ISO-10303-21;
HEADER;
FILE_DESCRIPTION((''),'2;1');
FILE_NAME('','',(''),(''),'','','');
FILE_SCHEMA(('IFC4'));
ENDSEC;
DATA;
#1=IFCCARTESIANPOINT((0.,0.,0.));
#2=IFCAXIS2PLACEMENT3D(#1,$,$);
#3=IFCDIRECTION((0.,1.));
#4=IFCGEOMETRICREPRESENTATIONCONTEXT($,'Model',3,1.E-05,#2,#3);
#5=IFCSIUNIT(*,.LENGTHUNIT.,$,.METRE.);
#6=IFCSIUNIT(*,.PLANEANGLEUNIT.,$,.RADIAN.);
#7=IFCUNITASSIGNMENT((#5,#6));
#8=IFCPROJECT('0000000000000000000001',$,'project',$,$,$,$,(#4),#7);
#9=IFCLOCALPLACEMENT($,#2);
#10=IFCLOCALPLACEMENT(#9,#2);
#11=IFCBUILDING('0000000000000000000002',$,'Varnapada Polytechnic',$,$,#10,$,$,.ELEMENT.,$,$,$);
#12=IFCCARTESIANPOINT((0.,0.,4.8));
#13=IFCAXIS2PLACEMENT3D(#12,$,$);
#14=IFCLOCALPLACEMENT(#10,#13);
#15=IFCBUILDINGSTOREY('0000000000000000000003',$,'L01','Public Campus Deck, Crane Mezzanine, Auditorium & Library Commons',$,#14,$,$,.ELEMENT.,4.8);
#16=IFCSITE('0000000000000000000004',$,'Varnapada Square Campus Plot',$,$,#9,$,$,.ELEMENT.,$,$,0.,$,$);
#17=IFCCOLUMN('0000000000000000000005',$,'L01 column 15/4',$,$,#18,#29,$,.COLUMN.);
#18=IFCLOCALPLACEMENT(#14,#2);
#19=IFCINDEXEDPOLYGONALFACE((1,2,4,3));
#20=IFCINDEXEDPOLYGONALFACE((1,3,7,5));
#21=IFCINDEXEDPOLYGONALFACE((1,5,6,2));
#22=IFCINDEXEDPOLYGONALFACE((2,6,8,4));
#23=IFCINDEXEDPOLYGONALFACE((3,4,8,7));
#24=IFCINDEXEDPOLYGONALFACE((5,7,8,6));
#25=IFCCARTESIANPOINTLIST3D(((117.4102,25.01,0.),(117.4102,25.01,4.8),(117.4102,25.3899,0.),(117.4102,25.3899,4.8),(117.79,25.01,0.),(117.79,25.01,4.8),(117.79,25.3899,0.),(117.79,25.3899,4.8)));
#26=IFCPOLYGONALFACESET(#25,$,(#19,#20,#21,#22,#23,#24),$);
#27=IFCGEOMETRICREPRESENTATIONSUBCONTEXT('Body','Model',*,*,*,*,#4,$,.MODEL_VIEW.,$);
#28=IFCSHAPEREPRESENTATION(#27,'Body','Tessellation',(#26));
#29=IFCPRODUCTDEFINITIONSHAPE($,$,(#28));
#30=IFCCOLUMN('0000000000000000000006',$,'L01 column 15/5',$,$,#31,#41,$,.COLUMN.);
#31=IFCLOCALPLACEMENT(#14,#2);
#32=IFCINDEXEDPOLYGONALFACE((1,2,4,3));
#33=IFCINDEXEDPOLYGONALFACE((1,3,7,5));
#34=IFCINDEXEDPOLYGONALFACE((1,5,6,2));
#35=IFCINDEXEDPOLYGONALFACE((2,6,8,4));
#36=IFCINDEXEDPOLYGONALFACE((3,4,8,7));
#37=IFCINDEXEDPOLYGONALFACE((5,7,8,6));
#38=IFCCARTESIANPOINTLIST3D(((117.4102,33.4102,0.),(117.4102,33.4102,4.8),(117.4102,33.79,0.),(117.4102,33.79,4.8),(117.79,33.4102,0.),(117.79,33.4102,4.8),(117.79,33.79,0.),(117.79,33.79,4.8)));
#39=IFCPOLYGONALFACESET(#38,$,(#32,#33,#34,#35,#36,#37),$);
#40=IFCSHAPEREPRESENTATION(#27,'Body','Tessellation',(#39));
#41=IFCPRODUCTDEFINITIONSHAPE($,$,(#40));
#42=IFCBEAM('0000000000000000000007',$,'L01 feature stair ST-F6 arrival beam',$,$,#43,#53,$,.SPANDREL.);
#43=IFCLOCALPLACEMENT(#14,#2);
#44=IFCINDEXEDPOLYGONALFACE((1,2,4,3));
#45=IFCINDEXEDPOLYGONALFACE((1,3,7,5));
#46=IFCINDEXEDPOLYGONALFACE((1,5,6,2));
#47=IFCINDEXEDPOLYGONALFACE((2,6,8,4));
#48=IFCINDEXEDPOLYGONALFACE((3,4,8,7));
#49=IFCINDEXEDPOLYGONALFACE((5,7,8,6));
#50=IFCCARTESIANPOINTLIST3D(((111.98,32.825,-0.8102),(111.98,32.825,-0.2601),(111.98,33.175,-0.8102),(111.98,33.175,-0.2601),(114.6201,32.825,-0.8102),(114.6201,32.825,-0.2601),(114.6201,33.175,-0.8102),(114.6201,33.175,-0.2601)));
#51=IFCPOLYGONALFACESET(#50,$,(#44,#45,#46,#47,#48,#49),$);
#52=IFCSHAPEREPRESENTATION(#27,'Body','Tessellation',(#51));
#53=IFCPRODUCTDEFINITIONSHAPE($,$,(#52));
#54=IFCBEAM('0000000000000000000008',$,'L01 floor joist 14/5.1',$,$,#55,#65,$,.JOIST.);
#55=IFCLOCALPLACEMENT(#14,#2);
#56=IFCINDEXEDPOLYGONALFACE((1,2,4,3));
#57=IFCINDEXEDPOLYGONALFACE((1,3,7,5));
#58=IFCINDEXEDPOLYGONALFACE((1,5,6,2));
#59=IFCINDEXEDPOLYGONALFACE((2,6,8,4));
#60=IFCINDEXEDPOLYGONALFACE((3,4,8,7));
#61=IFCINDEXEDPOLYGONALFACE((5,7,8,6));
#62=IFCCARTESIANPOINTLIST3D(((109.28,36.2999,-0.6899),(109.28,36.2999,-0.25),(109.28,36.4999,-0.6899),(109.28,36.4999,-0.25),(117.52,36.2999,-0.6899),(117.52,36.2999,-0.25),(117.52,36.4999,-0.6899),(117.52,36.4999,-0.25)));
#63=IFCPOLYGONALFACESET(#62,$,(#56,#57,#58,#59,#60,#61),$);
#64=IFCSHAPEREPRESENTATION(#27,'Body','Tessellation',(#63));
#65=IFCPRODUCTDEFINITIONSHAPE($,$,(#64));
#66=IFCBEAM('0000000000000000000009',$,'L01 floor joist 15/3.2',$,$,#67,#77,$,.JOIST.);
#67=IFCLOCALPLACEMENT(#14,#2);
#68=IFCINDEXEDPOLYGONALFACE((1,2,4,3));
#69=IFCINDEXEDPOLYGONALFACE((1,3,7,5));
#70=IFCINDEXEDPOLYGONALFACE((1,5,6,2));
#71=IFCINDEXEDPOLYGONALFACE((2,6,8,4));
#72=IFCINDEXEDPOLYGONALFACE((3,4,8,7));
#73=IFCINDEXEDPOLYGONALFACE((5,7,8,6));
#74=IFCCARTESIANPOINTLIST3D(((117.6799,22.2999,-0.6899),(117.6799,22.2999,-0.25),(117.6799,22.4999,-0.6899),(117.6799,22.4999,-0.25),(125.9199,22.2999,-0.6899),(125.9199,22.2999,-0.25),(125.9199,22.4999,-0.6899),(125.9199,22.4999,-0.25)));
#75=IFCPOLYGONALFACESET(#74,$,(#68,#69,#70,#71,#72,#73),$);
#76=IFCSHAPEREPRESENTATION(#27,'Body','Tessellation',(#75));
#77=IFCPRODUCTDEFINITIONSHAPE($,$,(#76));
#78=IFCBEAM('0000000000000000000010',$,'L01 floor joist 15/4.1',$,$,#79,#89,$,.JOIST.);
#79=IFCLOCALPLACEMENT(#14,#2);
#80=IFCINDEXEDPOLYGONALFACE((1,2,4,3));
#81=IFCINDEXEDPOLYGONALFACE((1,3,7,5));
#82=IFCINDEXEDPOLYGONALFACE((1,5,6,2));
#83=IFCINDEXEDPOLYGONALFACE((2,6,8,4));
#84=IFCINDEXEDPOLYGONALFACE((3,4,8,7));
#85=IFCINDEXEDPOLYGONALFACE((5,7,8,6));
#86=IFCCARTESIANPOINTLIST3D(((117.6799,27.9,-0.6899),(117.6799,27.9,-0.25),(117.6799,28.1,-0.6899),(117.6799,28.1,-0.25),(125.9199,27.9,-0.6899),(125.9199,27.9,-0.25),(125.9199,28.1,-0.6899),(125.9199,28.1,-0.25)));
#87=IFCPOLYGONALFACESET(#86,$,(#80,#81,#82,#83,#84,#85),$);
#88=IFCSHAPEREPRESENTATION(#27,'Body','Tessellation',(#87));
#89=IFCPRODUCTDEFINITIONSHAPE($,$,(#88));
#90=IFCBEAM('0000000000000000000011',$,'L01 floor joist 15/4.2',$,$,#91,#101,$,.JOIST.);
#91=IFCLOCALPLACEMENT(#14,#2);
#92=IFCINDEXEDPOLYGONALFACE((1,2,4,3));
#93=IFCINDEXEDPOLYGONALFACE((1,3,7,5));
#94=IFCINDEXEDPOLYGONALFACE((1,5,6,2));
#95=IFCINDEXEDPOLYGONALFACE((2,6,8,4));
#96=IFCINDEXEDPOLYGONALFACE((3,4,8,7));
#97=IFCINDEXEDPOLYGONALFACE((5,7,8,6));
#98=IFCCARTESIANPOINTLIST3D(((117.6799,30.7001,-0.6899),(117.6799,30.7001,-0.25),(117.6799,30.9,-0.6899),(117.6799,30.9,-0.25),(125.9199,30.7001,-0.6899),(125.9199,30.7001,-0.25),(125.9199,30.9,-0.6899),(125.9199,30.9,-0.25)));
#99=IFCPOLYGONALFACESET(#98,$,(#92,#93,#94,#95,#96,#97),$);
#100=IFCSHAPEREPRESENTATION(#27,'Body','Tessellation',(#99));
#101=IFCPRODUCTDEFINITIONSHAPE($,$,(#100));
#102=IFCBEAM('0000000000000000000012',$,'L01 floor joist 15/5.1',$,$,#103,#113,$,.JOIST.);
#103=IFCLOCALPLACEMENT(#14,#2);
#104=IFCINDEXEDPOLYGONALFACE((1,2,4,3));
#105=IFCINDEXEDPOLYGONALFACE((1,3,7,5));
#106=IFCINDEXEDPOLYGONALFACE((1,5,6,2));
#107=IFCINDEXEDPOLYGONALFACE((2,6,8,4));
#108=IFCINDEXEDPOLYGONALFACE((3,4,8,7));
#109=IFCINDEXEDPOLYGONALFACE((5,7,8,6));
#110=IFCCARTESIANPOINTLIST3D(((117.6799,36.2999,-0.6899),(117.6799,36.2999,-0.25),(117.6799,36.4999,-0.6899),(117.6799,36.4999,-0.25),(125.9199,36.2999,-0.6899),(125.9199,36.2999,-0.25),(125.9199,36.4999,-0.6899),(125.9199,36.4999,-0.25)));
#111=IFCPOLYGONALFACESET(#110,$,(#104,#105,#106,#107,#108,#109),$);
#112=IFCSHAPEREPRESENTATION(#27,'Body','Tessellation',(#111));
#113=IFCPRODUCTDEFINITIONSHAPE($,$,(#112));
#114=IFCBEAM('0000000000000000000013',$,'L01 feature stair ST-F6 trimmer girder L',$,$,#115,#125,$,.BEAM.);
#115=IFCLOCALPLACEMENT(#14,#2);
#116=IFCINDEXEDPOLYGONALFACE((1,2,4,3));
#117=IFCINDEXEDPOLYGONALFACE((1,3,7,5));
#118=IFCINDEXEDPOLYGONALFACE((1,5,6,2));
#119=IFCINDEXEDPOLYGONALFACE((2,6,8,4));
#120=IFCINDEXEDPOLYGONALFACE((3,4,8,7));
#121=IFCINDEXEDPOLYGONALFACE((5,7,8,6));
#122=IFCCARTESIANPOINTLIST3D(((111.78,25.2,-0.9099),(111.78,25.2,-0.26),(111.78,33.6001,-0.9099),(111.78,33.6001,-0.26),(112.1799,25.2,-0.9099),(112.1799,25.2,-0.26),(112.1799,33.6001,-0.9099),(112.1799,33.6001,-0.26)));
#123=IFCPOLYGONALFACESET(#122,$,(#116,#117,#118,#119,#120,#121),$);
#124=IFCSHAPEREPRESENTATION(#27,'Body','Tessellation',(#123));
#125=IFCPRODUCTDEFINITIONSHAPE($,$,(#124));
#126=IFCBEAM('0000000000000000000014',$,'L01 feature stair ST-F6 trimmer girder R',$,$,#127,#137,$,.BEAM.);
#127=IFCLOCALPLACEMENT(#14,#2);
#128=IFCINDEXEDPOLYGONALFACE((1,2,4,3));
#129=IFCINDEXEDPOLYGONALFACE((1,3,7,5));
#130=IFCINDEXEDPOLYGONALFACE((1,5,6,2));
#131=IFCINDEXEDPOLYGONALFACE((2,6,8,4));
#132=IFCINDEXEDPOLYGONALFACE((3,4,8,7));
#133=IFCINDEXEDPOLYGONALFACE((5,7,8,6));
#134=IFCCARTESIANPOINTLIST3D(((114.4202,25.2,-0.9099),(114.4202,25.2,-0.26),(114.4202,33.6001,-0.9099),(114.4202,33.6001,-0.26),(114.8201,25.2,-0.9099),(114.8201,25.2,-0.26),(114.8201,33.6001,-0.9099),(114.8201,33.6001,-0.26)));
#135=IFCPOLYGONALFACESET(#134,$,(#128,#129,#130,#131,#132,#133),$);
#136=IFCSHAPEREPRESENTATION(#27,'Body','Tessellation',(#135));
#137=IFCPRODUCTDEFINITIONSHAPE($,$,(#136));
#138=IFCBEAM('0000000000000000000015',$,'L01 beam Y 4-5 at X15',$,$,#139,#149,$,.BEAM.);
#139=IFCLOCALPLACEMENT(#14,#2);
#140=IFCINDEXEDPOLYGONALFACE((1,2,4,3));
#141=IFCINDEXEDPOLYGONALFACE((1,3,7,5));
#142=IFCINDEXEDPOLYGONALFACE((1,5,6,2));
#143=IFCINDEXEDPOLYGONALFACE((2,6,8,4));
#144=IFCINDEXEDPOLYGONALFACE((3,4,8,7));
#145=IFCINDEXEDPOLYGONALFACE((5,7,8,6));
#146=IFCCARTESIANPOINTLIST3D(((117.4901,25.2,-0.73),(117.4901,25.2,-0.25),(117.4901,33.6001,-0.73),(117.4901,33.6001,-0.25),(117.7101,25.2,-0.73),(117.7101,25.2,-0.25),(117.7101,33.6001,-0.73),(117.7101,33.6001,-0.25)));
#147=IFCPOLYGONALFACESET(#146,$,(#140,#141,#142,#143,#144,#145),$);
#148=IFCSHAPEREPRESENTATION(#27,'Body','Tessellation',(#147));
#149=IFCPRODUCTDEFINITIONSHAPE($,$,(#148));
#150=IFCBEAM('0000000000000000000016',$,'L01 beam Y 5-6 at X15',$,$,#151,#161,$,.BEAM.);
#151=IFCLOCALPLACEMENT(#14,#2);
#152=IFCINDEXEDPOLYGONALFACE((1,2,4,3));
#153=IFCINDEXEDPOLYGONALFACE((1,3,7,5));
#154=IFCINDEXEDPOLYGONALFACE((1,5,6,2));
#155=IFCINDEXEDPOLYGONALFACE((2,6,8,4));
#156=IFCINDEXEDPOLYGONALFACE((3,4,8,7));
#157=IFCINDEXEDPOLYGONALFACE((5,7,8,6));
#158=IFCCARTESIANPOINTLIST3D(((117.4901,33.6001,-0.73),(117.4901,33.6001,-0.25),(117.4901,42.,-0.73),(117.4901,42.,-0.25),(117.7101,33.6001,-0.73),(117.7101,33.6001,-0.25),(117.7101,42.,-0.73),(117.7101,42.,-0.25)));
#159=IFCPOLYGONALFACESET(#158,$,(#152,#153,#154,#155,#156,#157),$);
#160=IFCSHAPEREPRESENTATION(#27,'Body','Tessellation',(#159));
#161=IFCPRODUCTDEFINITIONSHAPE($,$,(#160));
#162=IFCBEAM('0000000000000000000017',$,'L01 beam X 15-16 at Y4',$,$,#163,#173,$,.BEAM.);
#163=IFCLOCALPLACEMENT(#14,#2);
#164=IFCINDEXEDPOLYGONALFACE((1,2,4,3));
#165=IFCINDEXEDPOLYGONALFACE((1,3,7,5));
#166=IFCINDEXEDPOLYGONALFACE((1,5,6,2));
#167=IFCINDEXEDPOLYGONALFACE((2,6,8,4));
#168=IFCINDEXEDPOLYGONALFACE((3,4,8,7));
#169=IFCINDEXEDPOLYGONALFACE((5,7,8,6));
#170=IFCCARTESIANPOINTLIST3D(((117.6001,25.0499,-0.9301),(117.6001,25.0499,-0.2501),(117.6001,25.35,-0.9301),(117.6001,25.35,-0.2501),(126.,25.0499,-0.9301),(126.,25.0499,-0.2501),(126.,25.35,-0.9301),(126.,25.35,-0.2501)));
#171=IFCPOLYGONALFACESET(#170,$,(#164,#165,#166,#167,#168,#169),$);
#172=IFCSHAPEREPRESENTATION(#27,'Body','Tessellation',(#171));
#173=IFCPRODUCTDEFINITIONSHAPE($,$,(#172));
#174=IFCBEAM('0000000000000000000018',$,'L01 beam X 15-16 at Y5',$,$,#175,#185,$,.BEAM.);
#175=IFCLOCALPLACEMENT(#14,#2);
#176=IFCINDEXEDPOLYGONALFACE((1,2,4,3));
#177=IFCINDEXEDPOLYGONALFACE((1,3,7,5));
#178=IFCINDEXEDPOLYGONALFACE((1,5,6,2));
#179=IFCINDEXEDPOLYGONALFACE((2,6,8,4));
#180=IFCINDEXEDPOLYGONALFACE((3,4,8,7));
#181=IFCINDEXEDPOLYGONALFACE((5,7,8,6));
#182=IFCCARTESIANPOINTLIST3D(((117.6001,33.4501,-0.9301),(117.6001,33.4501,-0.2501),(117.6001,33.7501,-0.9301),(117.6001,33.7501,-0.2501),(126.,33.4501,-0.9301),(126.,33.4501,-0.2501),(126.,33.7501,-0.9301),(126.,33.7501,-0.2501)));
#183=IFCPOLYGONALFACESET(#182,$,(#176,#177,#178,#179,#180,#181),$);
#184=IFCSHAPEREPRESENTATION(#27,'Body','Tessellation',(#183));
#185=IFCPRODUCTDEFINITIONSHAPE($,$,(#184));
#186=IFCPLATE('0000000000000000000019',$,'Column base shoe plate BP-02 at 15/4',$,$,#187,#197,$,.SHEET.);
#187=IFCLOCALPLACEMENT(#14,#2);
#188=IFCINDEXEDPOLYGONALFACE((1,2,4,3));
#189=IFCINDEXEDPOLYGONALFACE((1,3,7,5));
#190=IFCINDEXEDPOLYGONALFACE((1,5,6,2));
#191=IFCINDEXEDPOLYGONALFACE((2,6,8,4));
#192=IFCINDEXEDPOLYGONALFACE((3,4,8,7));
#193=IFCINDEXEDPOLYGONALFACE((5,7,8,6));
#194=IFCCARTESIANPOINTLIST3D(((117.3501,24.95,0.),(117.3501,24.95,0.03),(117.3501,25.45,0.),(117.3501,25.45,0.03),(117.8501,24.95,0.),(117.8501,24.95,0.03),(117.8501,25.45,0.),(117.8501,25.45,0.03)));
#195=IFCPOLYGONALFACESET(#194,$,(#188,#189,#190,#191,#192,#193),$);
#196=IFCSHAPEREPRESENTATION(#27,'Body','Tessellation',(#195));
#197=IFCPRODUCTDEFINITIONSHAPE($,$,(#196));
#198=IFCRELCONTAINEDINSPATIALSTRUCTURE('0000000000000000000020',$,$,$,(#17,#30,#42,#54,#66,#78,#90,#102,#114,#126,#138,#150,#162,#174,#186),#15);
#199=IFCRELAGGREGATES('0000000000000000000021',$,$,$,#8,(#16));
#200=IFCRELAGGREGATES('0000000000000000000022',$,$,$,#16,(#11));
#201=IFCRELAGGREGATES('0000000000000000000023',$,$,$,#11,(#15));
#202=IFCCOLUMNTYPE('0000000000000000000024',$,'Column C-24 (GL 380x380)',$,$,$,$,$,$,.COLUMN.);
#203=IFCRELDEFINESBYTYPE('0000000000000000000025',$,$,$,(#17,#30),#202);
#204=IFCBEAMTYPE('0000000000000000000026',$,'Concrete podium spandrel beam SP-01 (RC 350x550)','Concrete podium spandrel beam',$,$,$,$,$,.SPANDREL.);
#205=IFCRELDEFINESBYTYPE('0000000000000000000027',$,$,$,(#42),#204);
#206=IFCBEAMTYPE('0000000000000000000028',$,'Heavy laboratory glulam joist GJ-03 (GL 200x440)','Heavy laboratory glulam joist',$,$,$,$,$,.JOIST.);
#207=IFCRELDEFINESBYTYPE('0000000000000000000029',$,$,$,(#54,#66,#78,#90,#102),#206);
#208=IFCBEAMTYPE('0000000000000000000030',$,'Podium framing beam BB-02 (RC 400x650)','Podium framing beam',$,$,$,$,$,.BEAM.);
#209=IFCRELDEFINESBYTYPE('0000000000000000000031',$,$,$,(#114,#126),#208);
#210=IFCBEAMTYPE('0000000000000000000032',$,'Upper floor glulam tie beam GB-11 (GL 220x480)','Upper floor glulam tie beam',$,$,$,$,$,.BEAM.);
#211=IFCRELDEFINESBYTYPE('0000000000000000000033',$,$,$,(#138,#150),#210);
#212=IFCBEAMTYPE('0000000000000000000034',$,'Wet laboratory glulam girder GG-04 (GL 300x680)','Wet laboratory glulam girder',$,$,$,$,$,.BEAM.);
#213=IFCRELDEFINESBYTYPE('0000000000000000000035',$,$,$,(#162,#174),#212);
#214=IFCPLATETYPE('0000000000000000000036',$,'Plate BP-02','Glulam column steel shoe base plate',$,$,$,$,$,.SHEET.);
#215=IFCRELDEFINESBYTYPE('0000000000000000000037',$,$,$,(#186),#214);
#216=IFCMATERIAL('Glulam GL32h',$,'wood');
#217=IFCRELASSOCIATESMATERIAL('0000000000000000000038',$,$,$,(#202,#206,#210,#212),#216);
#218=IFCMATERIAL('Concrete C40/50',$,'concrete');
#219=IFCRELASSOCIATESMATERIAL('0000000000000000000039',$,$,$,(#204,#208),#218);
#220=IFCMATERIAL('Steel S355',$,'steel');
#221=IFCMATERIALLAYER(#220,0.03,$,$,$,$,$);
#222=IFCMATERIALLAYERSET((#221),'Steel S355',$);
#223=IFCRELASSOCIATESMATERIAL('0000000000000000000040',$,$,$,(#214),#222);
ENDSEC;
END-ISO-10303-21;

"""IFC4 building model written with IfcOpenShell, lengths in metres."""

from ifc_helpers import new_model, si_unit, direction, frame, origin, origin_2d, place, context, subcontext, project, spatial, rectangle, extrude, material, layer, layer_set, material_profile, profile_set, type_object, element, save


model = new_model("IFC4")

# Units and contexts
model_context = context("Model", 3, precision=1e-05, world=origin(), true_north=direction((0.0, 1.0)))
body_context = subcontext(model_context, "Body", "Model", "MODEL_VIEW")
ifc_project = project(units=[si_unit("LENGTHUNIT", "METRE"), si_unit("PLANEANGLEUNIT", "RADIAN")], contexts=[model_context])

# Site, building, storey
site_placement = place(None, origin())
site = spatial("IfcSite", under=ifc_project, at=site_placement, Name="Varnapada Square Campus Plot", CompositionType="ELEMENT", RefElevation=0.0)
building_placement = place(site_placement, origin())
building = spatial("IfcBuilding", under=site, at=building_placement, Name="Varnapada Polytechnic", CompositionType="ELEMENT")
storey_placement = place(building_placement, frame((0.0, 0.0, 4.8)))
storey = spatial("IfcBuildingStorey", under=building, at=storey_placement, Name="L01", Description="Public Campus Deck, Crane Mezzanine, Auditorium & Library Commons", CompositionType="ELEMENT", Elevation=4.8)

# Columns
ifc_material_1 = material(Name="Glulam GL32h", Category="wood")
ifc_material_profile_1 = material_profile(ifc_material_1, rectangle(XDim=0.3799, YDim=0.3799, at=origin_2d()), Name="GL 380x380")
ifc_profile_set_1 = profile_set([ifc_material_profile_1], Name="Glulam GL32h")
column_type = type_object("IfcColumnType", Name="Column C-24 (GL 380x380)", PredefinedType="COLUMN", material=ifc_profile_set_1)
for number, where, z_axis, x_axis, name in (
    (1, (117.6001, 25.2, 0.0), (0.0, 0.0, 1.0), (1.0, 0.0, 0.0), "L01 column 15/4"),
    (2, (117.6001, 33.6001, 0.0), (0.0, 0.0, 1.0), (1.0, 0.0, 0.0), "L01 column 15/5"),
):
    element("IfcColumn", number, at=place(storey_placement, frame(where, z_axis=z_axis, x_axis=x_axis)), inside=storey, type_object=column_type, Name=name, PredefinedType="COLUMN", context=body_context, shape_type="SweptSolid", body=[
        extrude(rectangle(XDim=0.3799, YDim=0.3799, at=origin_2d()), origin(), (0.0, 0.0, 1.0), 4.8),
    ])

# Beams
ifc_material_2 = material(Name="Concrete C40/50", Category="concrete")
ifc_material_profile_2 = material_profile(ifc_material_2, rectangle(XDim=0.3501, YDim=0.55, at=origin_2d()), Name="RC 350x550")
ifc_profile_set_2 = profile_set([ifc_material_profile_2], Name="Concrete C40/50")
beam_type_1 = type_object("IfcBeamType", Name="Concrete podium spandrel beam SP-01 (RC 350x550)", Description="Concrete podium spandrel beam", PredefinedType="SPANDREL", material=ifc_profile_set_2)
beam_1_placement = place(storey_placement, frame((111.98, 33.0, -0.5352), z_axis=(1.0, 0.0, 0.0), x_axis=(0.0, 1.0, 0.0)))
element("IfcBeam", 3, at=beam_1_placement, inside=storey, type_object=beam_type_1, Name="L01 feature stair ST-F6 arrival beam", PredefinedType="SPANDREL", context=body_context, shape_type="SweptSolid", body=[
    extrude(rectangle(XDim=0.3501, YDim=0.55, at=origin_2d()), origin(), (0.0, 0.0, 1.0), 2.6401),
])
ifc_material_profile_3 = material_profile(ifc_material_1, rectangle(XDim=0.2, YDim=0.4399, at=origin_2d()), Name="GL 200x440")
ifc_profile_set_3 = profile_set([ifc_material_profile_3], Name="Glulam GL32h")
beam_type_2 = type_object("IfcBeamType", Name="Heavy laboratory glulam joist GJ-03 (GL 200x440)", Description="Heavy laboratory glulam joist", PredefinedType="JOIST", material=ifc_profile_set_3)
for number, where, z_axis, x_axis, name in (
    (4, (109.28, 36.3999, -0.47), (1.0, 0.0, 0.0), (0.0, 1.0, 0.0), "L01 floor joist 14/5.1"),
    (5, (117.6799, 22.3999, -0.47), (1.0, 0.0, 0.0), (0.0, 1.0, 0.0), "L01 floor joist 15/3.2"),
    (6, (117.6799, 28.0, -0.47), (1.0, 0.0, 0.0), (0.0, 1.0, 0.0), "L01 floor joist 15/4.1"),
    (7, (117.6799, 30.8, -0.47), (1.0, 0.0, 0.0), (0.0, 1.0, 0.0), "L01 floor joist 15/4.2"),
    (8, (117.6799, 36.3999, -0.47), (1.0, 0.0, 0.0), (0.0, 1.0, 0.0), "L01 floor joist 15/5.1"),
):
    element("IfcBeam", number, at=place(storey_placement, frame(where, z_axis=z_axis, x_axis=x_axis)), inside=storey, type_object=beam_type_2, Name=name, PredefinedType="JOIST", context=body_context, shape_type="SweptSolid", body=[
        extrude(rectangle(XDim=0.2, YDim=0.4399, at=origin_2d()), origin(), (0.0, 0.0, 1.0), 8.24),
    ])
ifc_material_profile_4 = material_profile(ifc_material_2, rectangle(XDim=0.3999, YDim=0.6499, at=origin_2d()), Name="RC 400x650")
ifc_profile_set_4 = profile_set([ifc_material_profile_4], Name="Concrete C40/50")
beam_type_3 = type_object("IfcBeamType", Name="Podium framing beam BB-02 (RC 400x650)", Description="Podium framing beam", PredefinedType="BEAM", material=ifc_profile_set_4)
for number, where, z_axis, x_axis, name in (
    (9, (111.98, 25.2, -0.585), (0.0, 1.0, 0.0), (-1.0, 0.0, 0.0), "L01 feature stair ST-F6 trimmer girder L"),
    (10, (114.6201, 25.2, -0.585), (0.0, 1.0, 0.0), (-1.0, 0.0, 0.0), "L01 feature stair ST-F6 trimmer girder R"),
):
    element("IfcBeam", number, at=place(storey_placement, frame(where, z_axis=z_axis, x_axis=x_axis)), inside=storey, type_object=beam_type_3, Name=name, PredefinedType="BEAM", context=body_context, shape_type="SweptSolid", body=[
        extrude(rectangle(XDim=0.3999, YDim=0.6499, at=origin_2d()), origin(), (0.0, 0.0, 1.0), 8.4001),
    ])
ifc_material_profile_5 = material_profile(ifc_material_1, rectangle(XDim=0.22, YDim=0.48, at=origin_2d()), Name="GL 220x480")
ifc_profile_set_5 = profile_set([ifc_material_profile_5], Name="Glulam GL32h")
beam_type_4 = type_object("IfcBeamType", Name="Upper floor glulam tie beam GB-11 (GL 220x480)", Description="Upper floor glulam tie beam", PredefinedType="BEAM", material=ifc_profile_set_5)
beam_2_placement = place(storey_placement, frame((117.6001, 25.2, -0.49), z_axis=(0.0, 1.0, 0.0), x_axis=(-1.0, 0.0, 0.0)))
element("IfcBeam", 11, at=beam_2_placement, inside=storey, type_object=beam_type_4, Name="L01 beam Y 4-5 at X15", PredefinedType="BEAM", context=body_context, shape_type="SweptSolid", body=[
    extrude(rectangle(XDim=0.22, YDim=0.48, at=origin_2d()), origin(), (0.0, 0.0, 1.0), 8.4001),
])
beam_3_placement = place(storey_placement, frame((117.6001, 33.6001, -0.49), z_axis=(0.0, 1.0, 0.0), x_axis=(-1.0, 0.0, 0.0)))
element("IfcBeam", 12, at=beam_3_placement, inside=storey, type_object=beam_type_4, Name="L01 beam Y 5-6 at X15", PredefinedType="BEAM", context=body_context, shape_type="SweptSolid", body=[
    extrude(rectangle(XDim=0.22, YDim=0.48, at=origin_2d()), origin(), (0.0, 0.0, 1.0), 8.3999),
])
ifc_material_profile_6 = material_profile(ifc_material_1, rectangle(XDim=0.3, YDim=0.6799, at=origin_2d()), Name="GL 300x680")
ifc_profile_set_6 = profile_set([ifc_material_profile_6], Name="Glulam GL32h")
beam_type_5 = type_object("IfcBeamType", Name="Wet laboratory glulam girder GG-04 (GL 300x680)", Description="Wet laboratory glulam girder", PredefinedType="BEAM", material=ifc_profile_set_6)
for number, where, z_axis, x_axis, name in (
    (13, (117.6001, 25.2, -0.5901), (1.0, 0.0, 0.0), (0.0, 1.0, 0.0), "L01 beam X 15-16 at Y4"),
    (14, (117.6001, 33.6001, -0.5901), (1.0, 0.0, 0.0), (0.0, 1.0, 0.0), "L01 beam X 15-16 at Y5"),
):
    element("IfcBeam", number, at=place(storey_placement, frame(where, z_axis=z_axis, x_axis=x_axis)), inside=storey, type_object=beam_type_5, Name=name, PredefinedType="BEAM", context=body_context, shape_type="SweptSolid", body=[
        extrude(rectangle(XDim=0.3, YDim=0.6799, at=origin_2d()), origin(), (0.0, 0.0, 1.0), 8.3999),
    ])

# Plate
ifc_material_3 = material(Name="Steel S355", Category="steel")
ifc_layer_1 = layer(ifc_material_3, 0.03)
ifc_layer_set_1 = layer_set([ifc_layer_1], Name="Steel S355")
plate_type = type_object("IfcPlateType", Name="Plate BP-02", Description="Glulam column steel shoe base plate", PredefinedType="SHEET", material=ifc_layer_set_1)
for number, where, z_axis, x_axis, name in (
    (15, (117.6001, 25.2, 0.0), (0.0, 0.0, 1.0), (1.0, 0.0, 0.0), "Column base shoe plate BP-02 at 15/4"),
):
    element("IfcPlate", number, at=place(storey_placement, frame(where, z_axis=z_axis, x_axis=x_axis)), inside=storey, type_object=plate_type, Name=name, PredefinedType="SHEET", context=body_context, shape_type="SweptSolid", body=[
        extrude(rectangle(XDim=0.5, YDim=0.5, at=origin_2d()), origin(), (0.0, 0.0, 1.0), 0.03),
    ])

save(model, "model.ifc")
